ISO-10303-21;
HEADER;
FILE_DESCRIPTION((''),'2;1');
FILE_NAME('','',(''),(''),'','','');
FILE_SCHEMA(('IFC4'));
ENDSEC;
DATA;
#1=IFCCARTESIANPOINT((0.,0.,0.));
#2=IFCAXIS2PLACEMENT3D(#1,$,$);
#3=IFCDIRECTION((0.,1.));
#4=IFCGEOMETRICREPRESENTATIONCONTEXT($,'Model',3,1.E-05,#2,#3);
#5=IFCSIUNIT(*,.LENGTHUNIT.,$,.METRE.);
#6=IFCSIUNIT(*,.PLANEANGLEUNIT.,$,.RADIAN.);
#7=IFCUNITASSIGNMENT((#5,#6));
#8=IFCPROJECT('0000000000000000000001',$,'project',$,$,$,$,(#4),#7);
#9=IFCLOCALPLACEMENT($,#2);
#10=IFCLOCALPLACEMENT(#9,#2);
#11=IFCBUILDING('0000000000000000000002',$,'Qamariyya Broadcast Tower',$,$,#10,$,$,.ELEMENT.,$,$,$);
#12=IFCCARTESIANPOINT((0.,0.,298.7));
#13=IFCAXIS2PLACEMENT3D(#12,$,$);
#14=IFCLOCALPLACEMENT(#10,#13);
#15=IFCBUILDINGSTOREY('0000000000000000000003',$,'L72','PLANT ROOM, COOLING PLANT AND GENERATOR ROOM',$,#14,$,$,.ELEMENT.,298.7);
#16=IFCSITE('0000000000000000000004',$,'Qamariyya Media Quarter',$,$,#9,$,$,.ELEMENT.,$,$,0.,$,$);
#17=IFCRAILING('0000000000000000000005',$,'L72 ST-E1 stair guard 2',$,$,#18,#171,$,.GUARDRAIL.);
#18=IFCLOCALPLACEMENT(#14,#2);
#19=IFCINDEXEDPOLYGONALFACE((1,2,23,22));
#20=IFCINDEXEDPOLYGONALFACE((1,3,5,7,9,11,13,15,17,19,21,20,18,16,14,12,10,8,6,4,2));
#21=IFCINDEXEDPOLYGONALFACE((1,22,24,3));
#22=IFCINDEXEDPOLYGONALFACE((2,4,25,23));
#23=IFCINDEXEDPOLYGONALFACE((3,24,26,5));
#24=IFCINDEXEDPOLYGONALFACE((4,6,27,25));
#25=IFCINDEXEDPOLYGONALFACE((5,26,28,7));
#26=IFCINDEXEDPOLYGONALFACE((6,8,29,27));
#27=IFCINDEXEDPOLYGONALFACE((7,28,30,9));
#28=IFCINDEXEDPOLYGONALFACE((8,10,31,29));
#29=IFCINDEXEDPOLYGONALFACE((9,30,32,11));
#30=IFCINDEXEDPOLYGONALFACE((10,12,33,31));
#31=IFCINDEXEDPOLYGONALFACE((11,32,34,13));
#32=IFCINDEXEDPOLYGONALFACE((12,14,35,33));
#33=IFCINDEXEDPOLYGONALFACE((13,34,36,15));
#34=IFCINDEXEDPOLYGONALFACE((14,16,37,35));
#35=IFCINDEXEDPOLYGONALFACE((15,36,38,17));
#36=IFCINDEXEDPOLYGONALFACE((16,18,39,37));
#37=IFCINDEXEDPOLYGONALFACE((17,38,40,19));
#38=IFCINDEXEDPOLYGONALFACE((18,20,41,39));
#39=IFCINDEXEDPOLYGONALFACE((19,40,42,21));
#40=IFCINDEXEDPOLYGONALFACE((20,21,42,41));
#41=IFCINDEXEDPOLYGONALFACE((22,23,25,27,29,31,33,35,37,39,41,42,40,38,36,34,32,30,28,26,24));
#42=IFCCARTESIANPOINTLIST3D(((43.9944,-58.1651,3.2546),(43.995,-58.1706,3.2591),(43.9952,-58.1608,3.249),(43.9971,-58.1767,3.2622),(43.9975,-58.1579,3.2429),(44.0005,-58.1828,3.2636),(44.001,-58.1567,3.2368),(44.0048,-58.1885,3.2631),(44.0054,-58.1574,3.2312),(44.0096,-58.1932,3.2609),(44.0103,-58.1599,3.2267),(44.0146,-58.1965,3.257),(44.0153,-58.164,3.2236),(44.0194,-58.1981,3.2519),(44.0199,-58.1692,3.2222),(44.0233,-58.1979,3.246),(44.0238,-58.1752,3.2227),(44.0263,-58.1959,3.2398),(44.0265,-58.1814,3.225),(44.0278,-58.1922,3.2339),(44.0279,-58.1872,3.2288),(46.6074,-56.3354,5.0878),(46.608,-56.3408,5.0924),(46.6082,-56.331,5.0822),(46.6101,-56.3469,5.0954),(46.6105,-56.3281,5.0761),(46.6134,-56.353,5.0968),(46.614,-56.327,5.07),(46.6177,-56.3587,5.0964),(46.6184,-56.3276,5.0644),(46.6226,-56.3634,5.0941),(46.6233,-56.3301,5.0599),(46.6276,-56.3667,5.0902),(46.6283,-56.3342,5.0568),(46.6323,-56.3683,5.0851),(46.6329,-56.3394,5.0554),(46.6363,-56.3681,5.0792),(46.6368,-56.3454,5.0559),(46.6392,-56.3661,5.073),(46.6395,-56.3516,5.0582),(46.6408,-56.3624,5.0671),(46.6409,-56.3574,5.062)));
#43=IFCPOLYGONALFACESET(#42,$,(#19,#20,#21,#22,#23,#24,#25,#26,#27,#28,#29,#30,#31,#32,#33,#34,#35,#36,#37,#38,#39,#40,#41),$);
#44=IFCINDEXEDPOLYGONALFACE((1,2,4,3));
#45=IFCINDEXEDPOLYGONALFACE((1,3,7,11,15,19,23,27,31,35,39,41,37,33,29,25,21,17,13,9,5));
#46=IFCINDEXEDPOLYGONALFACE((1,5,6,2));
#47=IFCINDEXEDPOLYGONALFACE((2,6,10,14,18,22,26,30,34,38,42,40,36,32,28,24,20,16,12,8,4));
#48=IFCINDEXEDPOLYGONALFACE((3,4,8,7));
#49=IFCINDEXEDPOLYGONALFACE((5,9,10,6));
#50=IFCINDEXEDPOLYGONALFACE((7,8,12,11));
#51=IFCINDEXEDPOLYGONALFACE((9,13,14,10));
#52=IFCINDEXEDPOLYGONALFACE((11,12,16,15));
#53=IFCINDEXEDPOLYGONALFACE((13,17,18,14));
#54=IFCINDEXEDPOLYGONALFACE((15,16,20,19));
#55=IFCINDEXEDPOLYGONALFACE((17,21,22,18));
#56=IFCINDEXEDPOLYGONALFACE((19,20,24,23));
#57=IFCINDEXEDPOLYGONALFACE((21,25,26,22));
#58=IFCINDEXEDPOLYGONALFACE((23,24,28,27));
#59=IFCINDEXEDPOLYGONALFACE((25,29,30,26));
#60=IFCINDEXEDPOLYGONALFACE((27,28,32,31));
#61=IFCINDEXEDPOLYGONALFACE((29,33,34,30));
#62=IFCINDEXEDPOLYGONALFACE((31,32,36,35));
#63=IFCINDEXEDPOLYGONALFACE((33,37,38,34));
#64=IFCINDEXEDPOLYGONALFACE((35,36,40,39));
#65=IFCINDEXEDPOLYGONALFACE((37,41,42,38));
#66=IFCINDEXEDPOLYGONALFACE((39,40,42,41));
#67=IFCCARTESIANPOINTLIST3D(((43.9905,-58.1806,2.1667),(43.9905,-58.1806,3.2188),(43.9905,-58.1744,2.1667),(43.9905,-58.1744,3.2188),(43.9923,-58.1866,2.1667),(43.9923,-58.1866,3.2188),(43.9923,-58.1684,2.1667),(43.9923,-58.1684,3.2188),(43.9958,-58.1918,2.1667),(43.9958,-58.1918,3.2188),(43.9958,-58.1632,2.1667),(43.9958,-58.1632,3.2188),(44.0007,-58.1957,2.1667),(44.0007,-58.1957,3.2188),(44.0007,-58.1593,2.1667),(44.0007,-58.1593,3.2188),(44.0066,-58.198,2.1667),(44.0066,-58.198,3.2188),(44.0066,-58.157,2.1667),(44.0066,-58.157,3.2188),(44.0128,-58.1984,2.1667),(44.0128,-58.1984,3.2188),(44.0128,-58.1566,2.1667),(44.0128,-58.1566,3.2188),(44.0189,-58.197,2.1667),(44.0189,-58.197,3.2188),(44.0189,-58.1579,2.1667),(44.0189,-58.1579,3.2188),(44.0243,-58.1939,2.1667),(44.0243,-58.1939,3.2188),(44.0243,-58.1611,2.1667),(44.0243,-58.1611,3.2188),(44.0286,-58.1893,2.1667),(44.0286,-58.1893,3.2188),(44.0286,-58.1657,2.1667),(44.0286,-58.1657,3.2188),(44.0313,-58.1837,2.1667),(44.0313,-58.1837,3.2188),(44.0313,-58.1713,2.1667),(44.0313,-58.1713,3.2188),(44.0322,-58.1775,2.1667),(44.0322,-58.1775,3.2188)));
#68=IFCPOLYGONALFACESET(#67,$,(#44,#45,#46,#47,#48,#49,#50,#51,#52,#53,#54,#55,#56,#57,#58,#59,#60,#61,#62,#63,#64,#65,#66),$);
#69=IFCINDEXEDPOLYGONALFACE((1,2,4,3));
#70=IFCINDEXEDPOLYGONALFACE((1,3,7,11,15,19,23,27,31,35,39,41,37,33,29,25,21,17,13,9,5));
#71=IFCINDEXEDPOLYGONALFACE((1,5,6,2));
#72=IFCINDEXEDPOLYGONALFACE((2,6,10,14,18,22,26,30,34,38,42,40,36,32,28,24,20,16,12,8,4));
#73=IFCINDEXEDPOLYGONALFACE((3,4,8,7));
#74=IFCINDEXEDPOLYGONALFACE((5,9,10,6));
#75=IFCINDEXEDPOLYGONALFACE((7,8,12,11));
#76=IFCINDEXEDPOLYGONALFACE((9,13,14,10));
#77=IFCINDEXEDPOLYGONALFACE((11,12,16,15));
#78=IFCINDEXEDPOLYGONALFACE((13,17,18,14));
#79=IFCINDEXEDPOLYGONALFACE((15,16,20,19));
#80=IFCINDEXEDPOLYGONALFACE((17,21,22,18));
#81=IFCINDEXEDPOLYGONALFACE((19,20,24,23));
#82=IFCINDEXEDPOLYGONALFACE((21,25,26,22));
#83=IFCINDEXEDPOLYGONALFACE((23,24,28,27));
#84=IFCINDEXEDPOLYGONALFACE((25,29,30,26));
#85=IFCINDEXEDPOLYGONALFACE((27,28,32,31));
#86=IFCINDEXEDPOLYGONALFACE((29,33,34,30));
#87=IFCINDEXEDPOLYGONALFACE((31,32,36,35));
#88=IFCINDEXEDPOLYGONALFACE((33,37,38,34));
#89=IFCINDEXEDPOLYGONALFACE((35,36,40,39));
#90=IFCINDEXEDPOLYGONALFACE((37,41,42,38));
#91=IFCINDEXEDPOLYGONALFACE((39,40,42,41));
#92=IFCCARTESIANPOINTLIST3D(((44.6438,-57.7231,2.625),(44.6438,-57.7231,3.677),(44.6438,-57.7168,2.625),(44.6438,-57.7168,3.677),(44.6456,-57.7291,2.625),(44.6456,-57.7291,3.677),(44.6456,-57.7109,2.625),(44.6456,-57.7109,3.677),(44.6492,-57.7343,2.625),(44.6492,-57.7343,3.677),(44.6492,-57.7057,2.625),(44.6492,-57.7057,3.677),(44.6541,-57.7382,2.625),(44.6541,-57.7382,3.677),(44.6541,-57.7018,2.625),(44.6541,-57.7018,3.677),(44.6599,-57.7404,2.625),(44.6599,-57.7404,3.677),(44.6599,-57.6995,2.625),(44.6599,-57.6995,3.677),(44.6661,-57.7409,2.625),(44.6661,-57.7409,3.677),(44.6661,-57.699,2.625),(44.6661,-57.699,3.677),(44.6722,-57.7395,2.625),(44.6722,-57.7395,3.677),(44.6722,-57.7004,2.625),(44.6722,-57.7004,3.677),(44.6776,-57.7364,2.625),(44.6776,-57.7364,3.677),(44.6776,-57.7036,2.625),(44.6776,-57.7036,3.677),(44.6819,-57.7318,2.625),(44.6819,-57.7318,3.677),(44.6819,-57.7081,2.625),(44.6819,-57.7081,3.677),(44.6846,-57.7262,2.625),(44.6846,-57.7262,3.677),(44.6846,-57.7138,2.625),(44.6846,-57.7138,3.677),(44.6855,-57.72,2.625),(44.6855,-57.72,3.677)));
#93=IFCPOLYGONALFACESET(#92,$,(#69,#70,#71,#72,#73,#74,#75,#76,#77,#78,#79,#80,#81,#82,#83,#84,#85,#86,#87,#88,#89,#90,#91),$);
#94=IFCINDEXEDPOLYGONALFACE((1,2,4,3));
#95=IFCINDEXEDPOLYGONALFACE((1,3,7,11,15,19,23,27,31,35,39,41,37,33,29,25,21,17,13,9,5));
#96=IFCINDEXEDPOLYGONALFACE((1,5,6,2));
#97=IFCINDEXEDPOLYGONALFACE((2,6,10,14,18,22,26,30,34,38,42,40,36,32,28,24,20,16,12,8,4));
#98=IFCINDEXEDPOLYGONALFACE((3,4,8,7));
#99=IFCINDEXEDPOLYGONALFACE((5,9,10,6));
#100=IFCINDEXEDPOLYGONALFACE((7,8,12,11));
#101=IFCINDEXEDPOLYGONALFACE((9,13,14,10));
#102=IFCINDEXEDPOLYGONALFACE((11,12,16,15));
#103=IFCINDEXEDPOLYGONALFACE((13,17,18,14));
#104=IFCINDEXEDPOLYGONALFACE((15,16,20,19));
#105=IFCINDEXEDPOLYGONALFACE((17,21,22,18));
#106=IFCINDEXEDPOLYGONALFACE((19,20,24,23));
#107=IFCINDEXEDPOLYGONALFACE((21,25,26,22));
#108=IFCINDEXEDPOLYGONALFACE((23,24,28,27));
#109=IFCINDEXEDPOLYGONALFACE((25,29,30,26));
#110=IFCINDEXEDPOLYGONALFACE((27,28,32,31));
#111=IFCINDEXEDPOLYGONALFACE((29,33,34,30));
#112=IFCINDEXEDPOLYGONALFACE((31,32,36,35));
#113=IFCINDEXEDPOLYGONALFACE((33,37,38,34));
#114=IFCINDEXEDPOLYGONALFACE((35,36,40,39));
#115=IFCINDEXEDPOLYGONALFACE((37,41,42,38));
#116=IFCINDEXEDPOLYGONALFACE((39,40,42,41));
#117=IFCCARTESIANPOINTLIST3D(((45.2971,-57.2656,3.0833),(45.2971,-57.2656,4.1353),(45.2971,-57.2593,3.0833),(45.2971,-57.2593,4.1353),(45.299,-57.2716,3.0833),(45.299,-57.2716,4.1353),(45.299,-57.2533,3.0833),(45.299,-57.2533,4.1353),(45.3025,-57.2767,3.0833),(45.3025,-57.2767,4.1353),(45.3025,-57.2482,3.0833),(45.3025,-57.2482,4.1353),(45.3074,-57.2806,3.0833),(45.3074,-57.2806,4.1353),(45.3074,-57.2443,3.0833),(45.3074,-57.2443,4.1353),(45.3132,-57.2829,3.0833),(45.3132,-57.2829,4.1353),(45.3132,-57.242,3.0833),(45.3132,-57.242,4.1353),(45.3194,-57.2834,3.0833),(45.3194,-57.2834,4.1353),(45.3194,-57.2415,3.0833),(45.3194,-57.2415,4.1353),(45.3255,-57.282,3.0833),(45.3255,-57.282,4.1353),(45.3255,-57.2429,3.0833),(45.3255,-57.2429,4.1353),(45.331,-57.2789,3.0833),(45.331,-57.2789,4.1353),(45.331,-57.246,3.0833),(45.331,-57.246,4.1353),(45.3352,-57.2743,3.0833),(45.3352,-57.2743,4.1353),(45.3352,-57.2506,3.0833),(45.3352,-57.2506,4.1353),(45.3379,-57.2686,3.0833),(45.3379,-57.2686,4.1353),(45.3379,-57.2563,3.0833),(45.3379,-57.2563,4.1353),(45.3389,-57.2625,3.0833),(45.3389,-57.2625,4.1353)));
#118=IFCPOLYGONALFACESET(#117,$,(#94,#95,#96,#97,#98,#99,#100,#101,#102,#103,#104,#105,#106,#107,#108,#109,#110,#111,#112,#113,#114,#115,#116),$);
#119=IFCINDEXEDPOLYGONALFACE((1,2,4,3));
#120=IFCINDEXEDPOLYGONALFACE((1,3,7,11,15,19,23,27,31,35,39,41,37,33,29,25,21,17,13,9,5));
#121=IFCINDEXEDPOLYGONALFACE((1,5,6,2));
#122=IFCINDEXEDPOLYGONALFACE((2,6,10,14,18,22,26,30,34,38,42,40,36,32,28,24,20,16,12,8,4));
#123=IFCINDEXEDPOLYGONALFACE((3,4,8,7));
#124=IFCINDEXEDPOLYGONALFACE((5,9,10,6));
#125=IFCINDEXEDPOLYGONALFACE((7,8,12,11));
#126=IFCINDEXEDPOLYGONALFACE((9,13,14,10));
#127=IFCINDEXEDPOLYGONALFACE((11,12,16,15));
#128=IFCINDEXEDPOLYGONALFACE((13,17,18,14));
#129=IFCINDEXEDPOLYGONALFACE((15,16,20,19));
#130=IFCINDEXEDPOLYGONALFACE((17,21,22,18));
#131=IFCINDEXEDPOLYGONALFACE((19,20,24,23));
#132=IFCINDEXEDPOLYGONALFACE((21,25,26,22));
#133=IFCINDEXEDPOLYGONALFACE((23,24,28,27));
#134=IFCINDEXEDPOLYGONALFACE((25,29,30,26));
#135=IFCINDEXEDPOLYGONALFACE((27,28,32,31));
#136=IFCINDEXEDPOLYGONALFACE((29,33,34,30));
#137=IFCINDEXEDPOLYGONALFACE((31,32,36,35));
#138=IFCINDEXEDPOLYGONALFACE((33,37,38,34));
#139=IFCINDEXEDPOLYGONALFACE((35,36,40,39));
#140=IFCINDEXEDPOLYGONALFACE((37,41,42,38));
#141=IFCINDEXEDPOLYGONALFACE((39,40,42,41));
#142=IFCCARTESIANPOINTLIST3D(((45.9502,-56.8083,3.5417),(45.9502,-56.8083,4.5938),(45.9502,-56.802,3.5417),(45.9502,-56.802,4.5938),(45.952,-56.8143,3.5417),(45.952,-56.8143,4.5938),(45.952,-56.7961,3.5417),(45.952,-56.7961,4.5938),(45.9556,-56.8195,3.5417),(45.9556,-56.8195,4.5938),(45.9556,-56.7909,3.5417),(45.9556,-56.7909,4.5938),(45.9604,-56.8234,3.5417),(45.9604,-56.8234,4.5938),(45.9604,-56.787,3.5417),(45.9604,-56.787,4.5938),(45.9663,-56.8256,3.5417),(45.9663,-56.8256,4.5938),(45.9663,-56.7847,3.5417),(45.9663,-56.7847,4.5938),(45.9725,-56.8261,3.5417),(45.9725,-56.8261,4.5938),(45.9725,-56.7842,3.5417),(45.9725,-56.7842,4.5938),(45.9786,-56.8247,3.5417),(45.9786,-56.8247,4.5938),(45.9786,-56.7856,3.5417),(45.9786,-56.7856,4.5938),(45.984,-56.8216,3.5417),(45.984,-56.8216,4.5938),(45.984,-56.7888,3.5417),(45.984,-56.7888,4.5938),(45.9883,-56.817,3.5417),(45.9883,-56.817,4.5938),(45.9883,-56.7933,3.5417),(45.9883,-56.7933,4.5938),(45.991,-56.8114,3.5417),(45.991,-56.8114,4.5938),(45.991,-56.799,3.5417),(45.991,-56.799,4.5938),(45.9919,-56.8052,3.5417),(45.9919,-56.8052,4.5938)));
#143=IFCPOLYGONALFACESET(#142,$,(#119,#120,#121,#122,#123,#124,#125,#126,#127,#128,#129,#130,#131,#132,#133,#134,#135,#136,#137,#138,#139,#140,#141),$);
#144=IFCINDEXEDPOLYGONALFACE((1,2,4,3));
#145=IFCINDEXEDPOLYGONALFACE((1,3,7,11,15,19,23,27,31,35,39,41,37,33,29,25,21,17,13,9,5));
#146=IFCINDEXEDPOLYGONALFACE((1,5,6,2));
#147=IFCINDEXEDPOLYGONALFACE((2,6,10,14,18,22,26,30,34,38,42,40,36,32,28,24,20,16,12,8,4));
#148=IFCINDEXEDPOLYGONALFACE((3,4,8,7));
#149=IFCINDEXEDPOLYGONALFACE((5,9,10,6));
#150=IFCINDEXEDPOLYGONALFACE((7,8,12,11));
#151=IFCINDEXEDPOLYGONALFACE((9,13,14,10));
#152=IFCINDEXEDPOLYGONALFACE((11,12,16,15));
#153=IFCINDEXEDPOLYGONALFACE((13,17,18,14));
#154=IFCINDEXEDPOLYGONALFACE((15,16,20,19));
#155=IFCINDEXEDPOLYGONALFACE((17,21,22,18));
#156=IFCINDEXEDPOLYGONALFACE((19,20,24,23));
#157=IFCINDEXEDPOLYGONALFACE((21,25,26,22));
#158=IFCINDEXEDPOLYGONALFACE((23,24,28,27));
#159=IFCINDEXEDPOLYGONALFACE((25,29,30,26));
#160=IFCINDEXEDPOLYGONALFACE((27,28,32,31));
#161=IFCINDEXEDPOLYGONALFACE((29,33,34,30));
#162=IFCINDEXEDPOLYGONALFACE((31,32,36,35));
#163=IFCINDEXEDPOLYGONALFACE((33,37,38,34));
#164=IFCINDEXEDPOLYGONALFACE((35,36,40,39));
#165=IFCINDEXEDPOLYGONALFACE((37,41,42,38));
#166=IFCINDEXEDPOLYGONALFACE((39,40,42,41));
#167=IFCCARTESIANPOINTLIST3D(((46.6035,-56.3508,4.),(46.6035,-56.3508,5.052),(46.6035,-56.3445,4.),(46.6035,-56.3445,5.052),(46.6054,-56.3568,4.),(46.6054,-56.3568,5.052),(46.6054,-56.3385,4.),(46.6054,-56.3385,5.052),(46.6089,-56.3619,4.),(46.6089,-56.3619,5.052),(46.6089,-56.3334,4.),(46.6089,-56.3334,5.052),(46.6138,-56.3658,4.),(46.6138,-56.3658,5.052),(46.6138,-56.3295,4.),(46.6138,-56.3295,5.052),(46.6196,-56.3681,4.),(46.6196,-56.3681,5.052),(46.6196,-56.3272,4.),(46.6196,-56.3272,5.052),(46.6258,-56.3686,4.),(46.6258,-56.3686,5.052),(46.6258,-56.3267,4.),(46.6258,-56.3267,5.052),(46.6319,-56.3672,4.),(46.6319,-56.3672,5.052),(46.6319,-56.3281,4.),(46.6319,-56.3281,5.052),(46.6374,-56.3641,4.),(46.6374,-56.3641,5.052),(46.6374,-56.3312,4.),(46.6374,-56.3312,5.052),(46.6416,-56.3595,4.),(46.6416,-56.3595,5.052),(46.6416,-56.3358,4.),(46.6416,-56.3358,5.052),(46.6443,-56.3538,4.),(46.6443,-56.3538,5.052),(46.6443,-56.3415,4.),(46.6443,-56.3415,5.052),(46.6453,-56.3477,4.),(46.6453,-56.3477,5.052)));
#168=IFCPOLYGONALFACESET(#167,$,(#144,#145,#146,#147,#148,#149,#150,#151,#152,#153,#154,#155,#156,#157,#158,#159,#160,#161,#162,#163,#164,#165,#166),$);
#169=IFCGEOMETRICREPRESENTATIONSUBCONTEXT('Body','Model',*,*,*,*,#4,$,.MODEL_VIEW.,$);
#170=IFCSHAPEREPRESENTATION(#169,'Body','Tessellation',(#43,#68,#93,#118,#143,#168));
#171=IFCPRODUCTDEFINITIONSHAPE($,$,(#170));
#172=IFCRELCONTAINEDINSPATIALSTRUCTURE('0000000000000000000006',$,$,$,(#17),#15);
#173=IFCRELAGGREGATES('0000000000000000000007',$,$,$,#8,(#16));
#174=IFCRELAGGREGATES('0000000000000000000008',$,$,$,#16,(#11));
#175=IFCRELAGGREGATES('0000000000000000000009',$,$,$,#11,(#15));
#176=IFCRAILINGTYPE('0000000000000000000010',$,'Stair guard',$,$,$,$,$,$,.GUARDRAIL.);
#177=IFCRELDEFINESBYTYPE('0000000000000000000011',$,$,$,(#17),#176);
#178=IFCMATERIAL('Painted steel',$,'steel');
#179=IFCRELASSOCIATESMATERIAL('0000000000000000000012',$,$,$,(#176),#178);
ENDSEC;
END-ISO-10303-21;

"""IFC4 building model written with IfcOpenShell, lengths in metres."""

from ifc_helpers import new_model, si_unit, direction, frame, origin, origin_2d, place, context, subcontext, project, spatial, circle, extrude, material, type_object, element, save


model = new_model("IFC4")

# Units and contexts
model_context = context("Model", 3, precision=1e-05, world=origin(), true_north=direction((0.0, 1.0)))
body_context = subcontext(model_context, "Body", "Model", "MODEL_VIEW")
ifc_project = project(units=[si_unit("LENGTHUNIT", "METRE"), si_unit("PLANEANGLEUNIT", "RADIAN")], contexts=[model_context])

# Site, building, storey
site_placement = place(None, origin())
site = spatial("IfcSite", under=ifc_project, at=site_placement, Name="Qamariyya Media Quarter", CompositionType="ELEMENT", RefElevation=0.0)
building_placement = place(site_placement, origin())
building = spatial("IfcBuilding", under=site, at=building_placement, Name="Qamariyya Broadcast Tower", CompositionType="ELEMENT")
storey_placement = place(building_placement, frame((0.0, 0.0, 298.7)))
storey = spatial("IfcBuildingStorey", under=building, at=storey_placement, Name="L72", Description="PLANT ROOM, COOLING PLANT AND GENERATOR ROOM", CompositionType="ELEMENT", Elevation=298.7)

# Railing
ifc_material_1 = material(Name="Painted steel", Category="steel")
railing_type_1 = type_object("IfcRailingType", Name="Stair guard", PredefinedType="GUARDRAIL", material=ifc_material_1)
railing_1_placement = place(storey_placement, frame((44.0112, -58.1775, 2.1667)))
element("IfcRailing", 1, at=railing_1_placement, inside=storey, type_object=railing_type_1, Name="L72 ST-E1 stair guard 2", PredefinedType="GUARDRAIL", context=body_context, shape_type="SweptSolid", body=[
    extrude(circle(Radius=0.0239, at=origin_2d()), frame((0.0, 0.0, 1.0762), z_axis=(0.710204, 0.497335, 0.498264), x_axis=(-0.573611, 0.819128, 0.0)), (0.0, 0.0, 1.0), 3.6792),
    extrude(circle(Radius=0.021, at=origin_2d()), origin(), (0.0, 0.0, 1.0), 1.052),
    extrude(circle(Radius=0.021, at=origin_2d()), frame((0.6533, 0.4575, 0.4583)), (0.0, 0.0, 1.0), 1.052),
    extrude(circle(Radius=0.021, at=origin_2d()), frame((1.3066, 0.915, 0.9165)), (0.0, 0.0, 1.0), 1.052),
    extrude(circle(Radius=0.021, at=origin_2d()), frame((1.9597, 1.3723, 1.375)), (0.0, 0.0, 1.0), 1.052),
    extrude(circle(Radius=0.021, at=origin_2d()), frame((2.613, 1.8298, 1.8333)), (0.0, 0.0, 1.0), 1.052),
])

save(model, "model.ifc")
